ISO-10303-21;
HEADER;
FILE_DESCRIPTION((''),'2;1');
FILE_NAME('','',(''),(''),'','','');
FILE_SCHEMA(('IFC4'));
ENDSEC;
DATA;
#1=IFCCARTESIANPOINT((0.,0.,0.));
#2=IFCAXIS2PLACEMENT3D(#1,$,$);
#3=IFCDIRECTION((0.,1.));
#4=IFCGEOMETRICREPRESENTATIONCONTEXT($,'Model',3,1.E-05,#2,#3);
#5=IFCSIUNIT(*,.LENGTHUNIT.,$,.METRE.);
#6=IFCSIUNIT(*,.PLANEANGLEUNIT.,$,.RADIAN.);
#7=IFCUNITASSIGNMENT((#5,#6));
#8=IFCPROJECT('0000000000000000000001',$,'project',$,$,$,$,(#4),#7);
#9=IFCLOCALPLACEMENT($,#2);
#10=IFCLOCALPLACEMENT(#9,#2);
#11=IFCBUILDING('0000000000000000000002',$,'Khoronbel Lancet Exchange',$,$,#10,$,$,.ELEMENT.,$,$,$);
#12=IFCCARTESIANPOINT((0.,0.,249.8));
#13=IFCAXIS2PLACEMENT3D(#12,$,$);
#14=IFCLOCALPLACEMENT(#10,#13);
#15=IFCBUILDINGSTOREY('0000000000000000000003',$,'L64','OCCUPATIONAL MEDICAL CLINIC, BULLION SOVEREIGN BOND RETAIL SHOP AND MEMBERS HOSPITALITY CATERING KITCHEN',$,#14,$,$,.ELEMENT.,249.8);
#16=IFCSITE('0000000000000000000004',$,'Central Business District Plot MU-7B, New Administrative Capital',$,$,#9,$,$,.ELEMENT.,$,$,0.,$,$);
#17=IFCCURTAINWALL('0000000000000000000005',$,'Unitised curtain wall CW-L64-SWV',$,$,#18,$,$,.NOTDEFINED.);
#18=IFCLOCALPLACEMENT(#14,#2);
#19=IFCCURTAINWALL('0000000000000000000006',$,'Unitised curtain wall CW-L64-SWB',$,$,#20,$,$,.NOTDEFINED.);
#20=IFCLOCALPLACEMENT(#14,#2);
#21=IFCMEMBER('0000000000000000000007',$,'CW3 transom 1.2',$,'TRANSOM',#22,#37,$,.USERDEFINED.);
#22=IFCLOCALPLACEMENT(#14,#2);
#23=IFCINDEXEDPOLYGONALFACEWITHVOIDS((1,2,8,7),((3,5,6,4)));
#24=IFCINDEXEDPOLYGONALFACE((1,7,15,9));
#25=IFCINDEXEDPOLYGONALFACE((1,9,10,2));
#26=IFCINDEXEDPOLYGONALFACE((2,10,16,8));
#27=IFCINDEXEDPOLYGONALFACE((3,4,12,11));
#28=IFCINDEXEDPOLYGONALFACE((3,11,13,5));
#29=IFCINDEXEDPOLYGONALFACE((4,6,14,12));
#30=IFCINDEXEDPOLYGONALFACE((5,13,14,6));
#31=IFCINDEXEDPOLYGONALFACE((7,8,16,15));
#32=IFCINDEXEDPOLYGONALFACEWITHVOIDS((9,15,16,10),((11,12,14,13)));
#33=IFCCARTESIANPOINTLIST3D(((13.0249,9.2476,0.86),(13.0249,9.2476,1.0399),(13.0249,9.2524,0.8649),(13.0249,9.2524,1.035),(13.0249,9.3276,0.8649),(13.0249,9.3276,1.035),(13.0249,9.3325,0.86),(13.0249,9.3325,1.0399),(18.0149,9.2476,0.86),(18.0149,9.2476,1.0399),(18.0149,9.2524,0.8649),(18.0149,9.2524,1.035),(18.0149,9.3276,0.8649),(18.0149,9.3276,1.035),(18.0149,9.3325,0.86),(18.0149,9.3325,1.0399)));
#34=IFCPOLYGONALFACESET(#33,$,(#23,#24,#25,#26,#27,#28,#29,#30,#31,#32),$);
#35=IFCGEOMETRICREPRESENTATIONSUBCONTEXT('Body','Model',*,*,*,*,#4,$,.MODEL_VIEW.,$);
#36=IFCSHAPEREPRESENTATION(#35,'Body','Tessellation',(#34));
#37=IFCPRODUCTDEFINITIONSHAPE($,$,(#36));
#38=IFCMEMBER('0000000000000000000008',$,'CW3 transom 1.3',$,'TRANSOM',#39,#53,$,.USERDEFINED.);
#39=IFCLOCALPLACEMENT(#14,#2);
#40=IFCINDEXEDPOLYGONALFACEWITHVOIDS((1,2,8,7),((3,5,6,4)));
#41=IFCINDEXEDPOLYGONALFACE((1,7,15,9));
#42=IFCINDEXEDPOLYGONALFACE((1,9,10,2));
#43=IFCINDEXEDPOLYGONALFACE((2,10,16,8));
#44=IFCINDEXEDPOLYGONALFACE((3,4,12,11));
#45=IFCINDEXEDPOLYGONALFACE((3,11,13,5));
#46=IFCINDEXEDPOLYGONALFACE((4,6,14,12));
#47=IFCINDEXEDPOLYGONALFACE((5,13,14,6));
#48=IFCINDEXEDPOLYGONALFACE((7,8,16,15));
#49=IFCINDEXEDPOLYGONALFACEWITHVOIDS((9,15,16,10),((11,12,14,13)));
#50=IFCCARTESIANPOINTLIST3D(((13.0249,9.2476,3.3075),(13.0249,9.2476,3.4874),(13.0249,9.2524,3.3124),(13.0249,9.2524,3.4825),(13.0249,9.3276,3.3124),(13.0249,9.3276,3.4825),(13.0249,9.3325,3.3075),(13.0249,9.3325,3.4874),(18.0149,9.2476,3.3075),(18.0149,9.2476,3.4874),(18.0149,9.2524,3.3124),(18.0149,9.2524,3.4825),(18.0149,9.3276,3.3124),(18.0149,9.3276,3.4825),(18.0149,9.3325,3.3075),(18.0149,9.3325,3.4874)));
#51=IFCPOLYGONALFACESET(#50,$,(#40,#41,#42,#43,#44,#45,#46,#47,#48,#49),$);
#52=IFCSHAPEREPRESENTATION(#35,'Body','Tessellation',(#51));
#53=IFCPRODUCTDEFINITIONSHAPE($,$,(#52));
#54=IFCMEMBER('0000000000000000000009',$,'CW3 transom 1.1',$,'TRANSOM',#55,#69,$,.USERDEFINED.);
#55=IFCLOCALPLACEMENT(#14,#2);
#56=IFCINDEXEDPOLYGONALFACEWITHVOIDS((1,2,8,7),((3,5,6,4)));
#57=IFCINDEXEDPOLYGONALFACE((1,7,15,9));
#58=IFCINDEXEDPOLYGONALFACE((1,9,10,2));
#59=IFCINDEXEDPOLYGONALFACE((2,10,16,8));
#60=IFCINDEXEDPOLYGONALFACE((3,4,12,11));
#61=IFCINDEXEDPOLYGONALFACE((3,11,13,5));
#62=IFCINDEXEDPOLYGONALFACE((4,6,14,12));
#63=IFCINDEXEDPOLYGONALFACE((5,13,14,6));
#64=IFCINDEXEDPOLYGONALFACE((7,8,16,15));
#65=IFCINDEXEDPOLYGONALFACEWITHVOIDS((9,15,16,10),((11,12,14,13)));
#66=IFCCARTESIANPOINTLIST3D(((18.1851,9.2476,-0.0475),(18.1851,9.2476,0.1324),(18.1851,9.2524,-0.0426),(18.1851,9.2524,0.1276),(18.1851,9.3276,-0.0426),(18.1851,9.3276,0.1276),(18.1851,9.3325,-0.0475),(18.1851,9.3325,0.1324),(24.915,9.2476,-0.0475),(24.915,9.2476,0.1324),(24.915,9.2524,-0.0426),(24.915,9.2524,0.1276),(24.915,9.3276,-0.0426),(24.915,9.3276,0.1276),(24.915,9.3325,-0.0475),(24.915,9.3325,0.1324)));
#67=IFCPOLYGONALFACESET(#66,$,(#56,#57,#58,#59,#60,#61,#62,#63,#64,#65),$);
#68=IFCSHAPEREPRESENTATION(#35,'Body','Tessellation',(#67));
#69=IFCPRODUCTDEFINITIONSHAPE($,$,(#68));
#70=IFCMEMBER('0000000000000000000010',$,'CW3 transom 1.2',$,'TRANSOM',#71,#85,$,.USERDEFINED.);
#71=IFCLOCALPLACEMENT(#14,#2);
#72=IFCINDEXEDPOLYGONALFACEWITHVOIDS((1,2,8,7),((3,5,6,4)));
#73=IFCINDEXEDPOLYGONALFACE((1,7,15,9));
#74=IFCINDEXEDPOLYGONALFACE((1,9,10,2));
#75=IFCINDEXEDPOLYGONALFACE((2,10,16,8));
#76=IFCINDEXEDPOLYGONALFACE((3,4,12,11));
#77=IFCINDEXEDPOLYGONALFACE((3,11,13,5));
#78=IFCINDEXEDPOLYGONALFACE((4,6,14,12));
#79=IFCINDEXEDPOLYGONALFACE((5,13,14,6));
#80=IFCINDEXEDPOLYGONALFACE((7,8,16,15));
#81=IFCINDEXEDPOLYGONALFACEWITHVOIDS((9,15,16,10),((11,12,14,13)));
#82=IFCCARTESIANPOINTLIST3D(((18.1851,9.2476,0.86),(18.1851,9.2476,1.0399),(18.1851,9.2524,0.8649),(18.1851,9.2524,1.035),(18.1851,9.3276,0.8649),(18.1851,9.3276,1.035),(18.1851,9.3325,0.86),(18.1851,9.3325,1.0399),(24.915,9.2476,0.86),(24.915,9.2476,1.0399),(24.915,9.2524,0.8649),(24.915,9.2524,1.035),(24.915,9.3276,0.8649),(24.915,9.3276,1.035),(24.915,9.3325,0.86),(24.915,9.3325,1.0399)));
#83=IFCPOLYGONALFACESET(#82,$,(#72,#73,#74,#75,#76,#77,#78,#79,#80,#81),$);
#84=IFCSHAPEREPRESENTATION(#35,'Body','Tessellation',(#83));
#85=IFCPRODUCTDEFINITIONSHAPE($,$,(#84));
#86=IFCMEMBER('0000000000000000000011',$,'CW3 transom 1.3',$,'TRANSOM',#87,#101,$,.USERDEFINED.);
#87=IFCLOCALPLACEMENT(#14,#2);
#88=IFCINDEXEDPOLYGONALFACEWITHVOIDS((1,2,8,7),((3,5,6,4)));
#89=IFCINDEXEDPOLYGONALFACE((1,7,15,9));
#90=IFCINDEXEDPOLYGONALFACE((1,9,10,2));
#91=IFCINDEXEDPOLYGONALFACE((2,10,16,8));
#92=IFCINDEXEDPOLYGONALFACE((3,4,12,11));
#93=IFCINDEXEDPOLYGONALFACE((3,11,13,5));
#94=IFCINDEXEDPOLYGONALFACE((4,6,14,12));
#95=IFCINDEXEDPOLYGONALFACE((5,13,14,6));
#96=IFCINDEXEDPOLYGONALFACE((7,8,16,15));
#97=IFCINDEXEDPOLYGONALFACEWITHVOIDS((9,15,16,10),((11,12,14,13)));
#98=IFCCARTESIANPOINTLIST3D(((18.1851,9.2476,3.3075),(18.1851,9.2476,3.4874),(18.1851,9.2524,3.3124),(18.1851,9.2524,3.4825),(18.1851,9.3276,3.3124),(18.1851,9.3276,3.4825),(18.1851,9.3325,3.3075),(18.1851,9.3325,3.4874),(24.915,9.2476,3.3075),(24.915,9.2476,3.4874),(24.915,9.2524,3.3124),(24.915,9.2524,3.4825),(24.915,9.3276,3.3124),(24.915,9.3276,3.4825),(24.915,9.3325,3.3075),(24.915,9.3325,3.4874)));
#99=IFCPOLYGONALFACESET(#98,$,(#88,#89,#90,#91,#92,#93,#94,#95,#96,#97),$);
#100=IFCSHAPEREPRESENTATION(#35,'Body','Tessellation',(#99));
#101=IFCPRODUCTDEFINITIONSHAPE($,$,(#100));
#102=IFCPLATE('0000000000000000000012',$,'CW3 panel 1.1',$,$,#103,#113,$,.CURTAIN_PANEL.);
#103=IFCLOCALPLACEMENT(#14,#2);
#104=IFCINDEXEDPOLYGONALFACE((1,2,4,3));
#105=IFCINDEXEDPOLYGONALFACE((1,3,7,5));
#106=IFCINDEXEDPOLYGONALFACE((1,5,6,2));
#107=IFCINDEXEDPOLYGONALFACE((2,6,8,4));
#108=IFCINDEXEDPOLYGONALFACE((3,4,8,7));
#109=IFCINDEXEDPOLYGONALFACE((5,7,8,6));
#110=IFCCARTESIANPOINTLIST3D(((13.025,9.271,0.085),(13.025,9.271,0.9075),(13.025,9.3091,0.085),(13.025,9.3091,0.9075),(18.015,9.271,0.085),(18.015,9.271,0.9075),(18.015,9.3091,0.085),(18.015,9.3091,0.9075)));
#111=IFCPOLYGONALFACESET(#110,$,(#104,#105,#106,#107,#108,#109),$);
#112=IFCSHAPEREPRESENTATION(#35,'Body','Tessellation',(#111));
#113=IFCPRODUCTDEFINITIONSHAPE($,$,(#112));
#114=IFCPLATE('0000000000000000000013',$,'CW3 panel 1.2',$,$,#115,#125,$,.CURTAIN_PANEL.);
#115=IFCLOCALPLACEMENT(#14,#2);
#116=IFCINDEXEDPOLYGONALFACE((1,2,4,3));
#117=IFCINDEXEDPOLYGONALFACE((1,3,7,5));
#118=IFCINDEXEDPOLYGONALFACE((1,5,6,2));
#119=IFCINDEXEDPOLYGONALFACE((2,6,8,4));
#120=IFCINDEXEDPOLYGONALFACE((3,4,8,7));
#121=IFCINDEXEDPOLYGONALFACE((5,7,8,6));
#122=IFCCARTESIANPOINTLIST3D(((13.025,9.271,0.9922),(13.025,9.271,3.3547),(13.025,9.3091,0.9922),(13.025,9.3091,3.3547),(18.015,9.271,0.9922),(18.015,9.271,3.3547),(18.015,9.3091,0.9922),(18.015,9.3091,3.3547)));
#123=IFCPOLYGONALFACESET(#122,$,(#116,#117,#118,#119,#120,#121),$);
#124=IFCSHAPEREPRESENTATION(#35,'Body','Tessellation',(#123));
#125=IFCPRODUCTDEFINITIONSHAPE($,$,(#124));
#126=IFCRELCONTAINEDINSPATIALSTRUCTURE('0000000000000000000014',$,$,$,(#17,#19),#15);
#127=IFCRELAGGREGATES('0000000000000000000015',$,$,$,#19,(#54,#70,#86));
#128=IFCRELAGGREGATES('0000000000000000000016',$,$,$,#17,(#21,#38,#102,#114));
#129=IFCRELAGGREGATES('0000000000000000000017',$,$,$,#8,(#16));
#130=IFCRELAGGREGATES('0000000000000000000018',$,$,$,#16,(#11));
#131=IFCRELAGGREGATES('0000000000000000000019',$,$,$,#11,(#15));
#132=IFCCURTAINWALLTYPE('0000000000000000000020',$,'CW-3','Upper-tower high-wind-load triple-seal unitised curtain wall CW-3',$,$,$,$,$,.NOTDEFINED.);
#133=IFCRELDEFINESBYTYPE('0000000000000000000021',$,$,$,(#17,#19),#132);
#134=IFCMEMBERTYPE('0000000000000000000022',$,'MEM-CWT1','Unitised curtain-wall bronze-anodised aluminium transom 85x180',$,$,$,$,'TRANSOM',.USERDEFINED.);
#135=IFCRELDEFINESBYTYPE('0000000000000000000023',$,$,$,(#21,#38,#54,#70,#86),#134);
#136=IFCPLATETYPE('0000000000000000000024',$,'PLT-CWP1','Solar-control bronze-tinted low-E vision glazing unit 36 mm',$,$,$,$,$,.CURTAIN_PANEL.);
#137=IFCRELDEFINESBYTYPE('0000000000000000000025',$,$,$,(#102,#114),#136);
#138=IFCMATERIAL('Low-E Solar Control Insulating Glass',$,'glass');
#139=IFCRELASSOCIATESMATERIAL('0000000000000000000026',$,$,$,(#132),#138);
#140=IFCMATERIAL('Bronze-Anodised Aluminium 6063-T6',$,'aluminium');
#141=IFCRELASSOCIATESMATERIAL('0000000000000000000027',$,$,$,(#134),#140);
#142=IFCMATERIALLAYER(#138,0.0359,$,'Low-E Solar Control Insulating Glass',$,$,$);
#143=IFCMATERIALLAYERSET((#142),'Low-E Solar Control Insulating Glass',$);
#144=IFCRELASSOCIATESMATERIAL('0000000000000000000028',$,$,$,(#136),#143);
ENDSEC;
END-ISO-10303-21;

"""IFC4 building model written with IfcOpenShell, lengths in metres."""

from ifc_helpers import new_model, si_unit, direction, frame, origin, origin_2d, place, context, subcontext, project, spatial, rectangle, hollow_rectangle, extrude, material, layer, layer_set, material_profile, profile_set, type_object, element, aggregate, save


model = new_model("IFC4")

# Units and contexts
model_context = context("Model", 3, precision=1e-05, world=origin(), true_north=direction((0.0, 1.0)))
body_context = subcontext(model_context, "Body", "Model", "MODEL_VIEW")
ifc_project = project(units=[si_unit("LENGTHUNIT", "METRE"), si_unit("PLANEANGLEUNIT", "RADIAN")], contexts=[model_context])

# Site, building, storey
site_placement = place(None, origin())
site = spatial("IfcSite", under=ifc_project, at=site_placement, Name="Central Business District Plot MU-7B, New Administrative Capital", CompositionType="ELEMENT", RefElevation=0.0)
building_placement = place(site_placement, origin())
building = spatial("IfcBuilding", under=site, at=building_placement, Name="Khoronbel Lancet Exchange", CompositionType="ELEMENT")
storey_placement = place(building_placement, frame((0.0, 0.0, 249.8)))
storey = spatial("IfcBuildingStorey", under=building, at=storey_placement, Name="L64", Description="OCCUPATIONAL MEDICAL CLINIC, BULLION SOVEREIGN BOND RETAIL SHOP AND MEMBERS HOSPITALITY CATERING KITCHEN", CompositionType="ELEMENT", Elevation=249.8)

# Curtain wall
ifc_material_1 = material(Name="Low-E Solar Control Insulating Glass", Category="glass")
curtain_wall_type = type_object("IfcCurtainWallType", Name="CW-3", Description="Upper-tower high-wind-load triple-seal unitised curtain wall CW-3", PredefinedType="NOTDEFINED", material=ifc_material_1)
curtain_wall_1_placement = place(storey_placement, origin())
curtain_wall_1 = element("IfcCurtainWall", 1, at=curtain_wall_1_placement, inside=storey, type_object=curtain_wall_type, Name="Unitised curtain wall CW-L64-SWV", PredefinedType="NOTDEFINED")
ifc_material_2 = material(Name="Bronze-Anodised Aluminium 6063-T6", Category="aluminium")

# Curtain wall
curtain_wall_2_placement = place(storey_placement, origin())
curtain_wall_2 = element("IfcCurtainWall", 2, at=curtain_wall_2_placement, inside=storey, type_object=curtain_wall_type, Name="Unitised curtain wall CW-L64-SWB", PredefinedType="NOTDEFINED")

# Members
ifc_material_profile_1 = material_profile(ifc_material_2, hollow_rectangle(XDim=0.085, YDim=0.1799, WallThickness=0.0049, at=origin_2d()), Name="ALU TRANSOM 85x180")
ifc_profile_set_1 = profile_set([ifc_material_profile_1], Name="Bronze-Anodised Aluminium 6063-T6")
member_type_1 = type_object("IfcMemberType", Name="MEM-CWT1", Description="Unitised curtain-wall bronze-anodised aluminium transom 85x180", ElementType="TRANSOM", PredefinedType="USERDEFINED", material=ifc_profile_set_1)
member_1_placement = place(storey_placement, frame((13.0249, 9.29, 0.95), z_axis=(1.0, 0.0, 0.0), x_axis=(0.0, 1.0, 0.0)))
member_1 = element("IfcMember", 3, at=member_1_placement, type_object=member_type_1, Name="CW3 transom 1.2", ObjectType="TRANSOM", PredefinedType="USERDEFINED", context=body_context, shape_type="SweptSolid", body=[
    extrude(hollow_rectangle(XDim=0.085, YDim=0.1799, WallThickness=0.0049, at=origin_2d()), origin(), (0.0, 0.0, 1.0), 4.99),
])
member_2_placement = place(storey_placement, frame((13.0249, 9.29, 3.3975), z_axis=(1.0, 0.0, 0.0), x_axis=(0.0, 1.0, 0.0)))
member_2 = element("IfcMember", 4, at=member_2_placement, type_object=member_type_1, Name="CW3 transom 1.3", ObjectType="TRANSOM", PredefinedType="USERDEFINED", context=body_context, shape_type="SweptSolid", body=[
    extrude(hollow_rectangle(XDim=0.085, YDim=0.1799, WallThickness=0.0049, at=origin_2d()), origin(), (0.0, 0.0, 1.0), 4.99),
])
member_3_placement = place(storey_placement, frame((18.1851, 9.29, 0.0425), z_axis=(1.0, 0.0, 0.0), x_axis=(0.0, 1.0, 0.0)))
member_3 = element("IfcMember", 5, at=member_3_placement, type_object=member_type_1, Name="CW3 transom 1.1", ObjectType="TRANSOM", PredefinedType="USERDEFINED", context=body_context, shape_type="SweptSolid", body=[
    extrude(hollow_rectangle(XDim=0.085, YDim=0.1799, WallThickness=0.0049, at=origin_2d()), origin(), (0.0, 0.0, 1.0), 6.73),
])
member_4_placement = place(storey_placement, frame((18.1851, 9.29, 0.95), z_axis=(1.0, 0.0, 0.0), x_axis=(0.0, 1.0, 0.0)))
member_4 = element("IfcMember", 6, at=member_4_placement, type_object=member_type_1, Name="CW3 transom 1.2", ObjectType="TRANSOM", PredefinedType="USERDEFINED", context=body_context, shape_type="SweptSolid", body=[
    extrude(hollow_rectangle(XDim=0.085, YDim=0.1799, WallThickness=0.0049, at=origin_2d()), origin(), (0.0, 0.0, 1.0), 6.73),
])
member_5_placement = place(storey_placement, frame((18.1851, 9.29, 3.3975), z_axis=(1.0, 0.0, 0.0), x_axis=(0.0, 1.0, 0.0)))
member_5 = element("IfcMember", 7, at=member_5_placement, type_object=member_type_1, Name="CW3 transom 1.3", ObjectType="TRANSOM", PredefinedType="USERDEFINED", context=body_context, shape_type="SweptSolid", body=[
    extrude(hollow_rectangle(XDim=0.085, YDim=0.1799, WallThickness=0.0049, at=origin_2d()), origin(), (0.0, 0.0, 1.0), 6.73),
])
aggregate(curtain_wall_2, [member_3, member_4, member_5])

# Plates
ifc_layer_1 = layer(ifc_material_1, 0.0359, Name="Low-E Solar Control Insulating Glass")
ifc_layer_set_1 = layer_set([ifc_layer_1], Name="Low-E Solar Control Insulating Glass")
plate_type = type_object("IfcPlateType", Name="PLT-CWP1", Description="Solar-control bronze-tinted low-E vision glazing unit 36 mm", PredefinedType="CURTAIN_PANEL", material=ifc_layer_set_1)
plate_1_placement = place(storey_placement, frame((15.52, 9.29, 0.085), z_axis=(0.0, 0.0, 1.0), x_axis=(1.0, 0.0, 0.0)))
plate_1 = element("IfcPlate", 8, at=plate_1_placement, type_object=plate_type, Name="CW3 panel 1.1", PredefinedType="CURTAIN_PANEL", context=body_context, shape_type="SweptSolid", body=[
    extrude(rectangle(XDim=4.99, YDim=0.0381, at=origin_2d()), origin(), (0.0, 0.0, 1.0), 0.8225),
])
plate_2_placement = place(storey_placement, frame((15.52, 9.29, 0.9922), z_axis=(0.0, 0.0, 1.0), x_axis=(1.0, 0.0, 0.0)))
plate_2 = element("IfcPlate", 9, at=plate_2_placement, type_object=plate_type, Name="CW3 panel 1.2", PredefinedType="CURTAIN_PANEL", context=body_context, shape_type="SweptSolid", body=[
    extrude(rectangle(XDim=4.99, YDim=0.0381, at=origin_2d()), origin(), (0.0, 0.0, 1.0), 2.3625),
])
aggregate(curtain_wall_1, [member_1, member_2, plate_1, plate_2])

save(model, "model.ifc")
